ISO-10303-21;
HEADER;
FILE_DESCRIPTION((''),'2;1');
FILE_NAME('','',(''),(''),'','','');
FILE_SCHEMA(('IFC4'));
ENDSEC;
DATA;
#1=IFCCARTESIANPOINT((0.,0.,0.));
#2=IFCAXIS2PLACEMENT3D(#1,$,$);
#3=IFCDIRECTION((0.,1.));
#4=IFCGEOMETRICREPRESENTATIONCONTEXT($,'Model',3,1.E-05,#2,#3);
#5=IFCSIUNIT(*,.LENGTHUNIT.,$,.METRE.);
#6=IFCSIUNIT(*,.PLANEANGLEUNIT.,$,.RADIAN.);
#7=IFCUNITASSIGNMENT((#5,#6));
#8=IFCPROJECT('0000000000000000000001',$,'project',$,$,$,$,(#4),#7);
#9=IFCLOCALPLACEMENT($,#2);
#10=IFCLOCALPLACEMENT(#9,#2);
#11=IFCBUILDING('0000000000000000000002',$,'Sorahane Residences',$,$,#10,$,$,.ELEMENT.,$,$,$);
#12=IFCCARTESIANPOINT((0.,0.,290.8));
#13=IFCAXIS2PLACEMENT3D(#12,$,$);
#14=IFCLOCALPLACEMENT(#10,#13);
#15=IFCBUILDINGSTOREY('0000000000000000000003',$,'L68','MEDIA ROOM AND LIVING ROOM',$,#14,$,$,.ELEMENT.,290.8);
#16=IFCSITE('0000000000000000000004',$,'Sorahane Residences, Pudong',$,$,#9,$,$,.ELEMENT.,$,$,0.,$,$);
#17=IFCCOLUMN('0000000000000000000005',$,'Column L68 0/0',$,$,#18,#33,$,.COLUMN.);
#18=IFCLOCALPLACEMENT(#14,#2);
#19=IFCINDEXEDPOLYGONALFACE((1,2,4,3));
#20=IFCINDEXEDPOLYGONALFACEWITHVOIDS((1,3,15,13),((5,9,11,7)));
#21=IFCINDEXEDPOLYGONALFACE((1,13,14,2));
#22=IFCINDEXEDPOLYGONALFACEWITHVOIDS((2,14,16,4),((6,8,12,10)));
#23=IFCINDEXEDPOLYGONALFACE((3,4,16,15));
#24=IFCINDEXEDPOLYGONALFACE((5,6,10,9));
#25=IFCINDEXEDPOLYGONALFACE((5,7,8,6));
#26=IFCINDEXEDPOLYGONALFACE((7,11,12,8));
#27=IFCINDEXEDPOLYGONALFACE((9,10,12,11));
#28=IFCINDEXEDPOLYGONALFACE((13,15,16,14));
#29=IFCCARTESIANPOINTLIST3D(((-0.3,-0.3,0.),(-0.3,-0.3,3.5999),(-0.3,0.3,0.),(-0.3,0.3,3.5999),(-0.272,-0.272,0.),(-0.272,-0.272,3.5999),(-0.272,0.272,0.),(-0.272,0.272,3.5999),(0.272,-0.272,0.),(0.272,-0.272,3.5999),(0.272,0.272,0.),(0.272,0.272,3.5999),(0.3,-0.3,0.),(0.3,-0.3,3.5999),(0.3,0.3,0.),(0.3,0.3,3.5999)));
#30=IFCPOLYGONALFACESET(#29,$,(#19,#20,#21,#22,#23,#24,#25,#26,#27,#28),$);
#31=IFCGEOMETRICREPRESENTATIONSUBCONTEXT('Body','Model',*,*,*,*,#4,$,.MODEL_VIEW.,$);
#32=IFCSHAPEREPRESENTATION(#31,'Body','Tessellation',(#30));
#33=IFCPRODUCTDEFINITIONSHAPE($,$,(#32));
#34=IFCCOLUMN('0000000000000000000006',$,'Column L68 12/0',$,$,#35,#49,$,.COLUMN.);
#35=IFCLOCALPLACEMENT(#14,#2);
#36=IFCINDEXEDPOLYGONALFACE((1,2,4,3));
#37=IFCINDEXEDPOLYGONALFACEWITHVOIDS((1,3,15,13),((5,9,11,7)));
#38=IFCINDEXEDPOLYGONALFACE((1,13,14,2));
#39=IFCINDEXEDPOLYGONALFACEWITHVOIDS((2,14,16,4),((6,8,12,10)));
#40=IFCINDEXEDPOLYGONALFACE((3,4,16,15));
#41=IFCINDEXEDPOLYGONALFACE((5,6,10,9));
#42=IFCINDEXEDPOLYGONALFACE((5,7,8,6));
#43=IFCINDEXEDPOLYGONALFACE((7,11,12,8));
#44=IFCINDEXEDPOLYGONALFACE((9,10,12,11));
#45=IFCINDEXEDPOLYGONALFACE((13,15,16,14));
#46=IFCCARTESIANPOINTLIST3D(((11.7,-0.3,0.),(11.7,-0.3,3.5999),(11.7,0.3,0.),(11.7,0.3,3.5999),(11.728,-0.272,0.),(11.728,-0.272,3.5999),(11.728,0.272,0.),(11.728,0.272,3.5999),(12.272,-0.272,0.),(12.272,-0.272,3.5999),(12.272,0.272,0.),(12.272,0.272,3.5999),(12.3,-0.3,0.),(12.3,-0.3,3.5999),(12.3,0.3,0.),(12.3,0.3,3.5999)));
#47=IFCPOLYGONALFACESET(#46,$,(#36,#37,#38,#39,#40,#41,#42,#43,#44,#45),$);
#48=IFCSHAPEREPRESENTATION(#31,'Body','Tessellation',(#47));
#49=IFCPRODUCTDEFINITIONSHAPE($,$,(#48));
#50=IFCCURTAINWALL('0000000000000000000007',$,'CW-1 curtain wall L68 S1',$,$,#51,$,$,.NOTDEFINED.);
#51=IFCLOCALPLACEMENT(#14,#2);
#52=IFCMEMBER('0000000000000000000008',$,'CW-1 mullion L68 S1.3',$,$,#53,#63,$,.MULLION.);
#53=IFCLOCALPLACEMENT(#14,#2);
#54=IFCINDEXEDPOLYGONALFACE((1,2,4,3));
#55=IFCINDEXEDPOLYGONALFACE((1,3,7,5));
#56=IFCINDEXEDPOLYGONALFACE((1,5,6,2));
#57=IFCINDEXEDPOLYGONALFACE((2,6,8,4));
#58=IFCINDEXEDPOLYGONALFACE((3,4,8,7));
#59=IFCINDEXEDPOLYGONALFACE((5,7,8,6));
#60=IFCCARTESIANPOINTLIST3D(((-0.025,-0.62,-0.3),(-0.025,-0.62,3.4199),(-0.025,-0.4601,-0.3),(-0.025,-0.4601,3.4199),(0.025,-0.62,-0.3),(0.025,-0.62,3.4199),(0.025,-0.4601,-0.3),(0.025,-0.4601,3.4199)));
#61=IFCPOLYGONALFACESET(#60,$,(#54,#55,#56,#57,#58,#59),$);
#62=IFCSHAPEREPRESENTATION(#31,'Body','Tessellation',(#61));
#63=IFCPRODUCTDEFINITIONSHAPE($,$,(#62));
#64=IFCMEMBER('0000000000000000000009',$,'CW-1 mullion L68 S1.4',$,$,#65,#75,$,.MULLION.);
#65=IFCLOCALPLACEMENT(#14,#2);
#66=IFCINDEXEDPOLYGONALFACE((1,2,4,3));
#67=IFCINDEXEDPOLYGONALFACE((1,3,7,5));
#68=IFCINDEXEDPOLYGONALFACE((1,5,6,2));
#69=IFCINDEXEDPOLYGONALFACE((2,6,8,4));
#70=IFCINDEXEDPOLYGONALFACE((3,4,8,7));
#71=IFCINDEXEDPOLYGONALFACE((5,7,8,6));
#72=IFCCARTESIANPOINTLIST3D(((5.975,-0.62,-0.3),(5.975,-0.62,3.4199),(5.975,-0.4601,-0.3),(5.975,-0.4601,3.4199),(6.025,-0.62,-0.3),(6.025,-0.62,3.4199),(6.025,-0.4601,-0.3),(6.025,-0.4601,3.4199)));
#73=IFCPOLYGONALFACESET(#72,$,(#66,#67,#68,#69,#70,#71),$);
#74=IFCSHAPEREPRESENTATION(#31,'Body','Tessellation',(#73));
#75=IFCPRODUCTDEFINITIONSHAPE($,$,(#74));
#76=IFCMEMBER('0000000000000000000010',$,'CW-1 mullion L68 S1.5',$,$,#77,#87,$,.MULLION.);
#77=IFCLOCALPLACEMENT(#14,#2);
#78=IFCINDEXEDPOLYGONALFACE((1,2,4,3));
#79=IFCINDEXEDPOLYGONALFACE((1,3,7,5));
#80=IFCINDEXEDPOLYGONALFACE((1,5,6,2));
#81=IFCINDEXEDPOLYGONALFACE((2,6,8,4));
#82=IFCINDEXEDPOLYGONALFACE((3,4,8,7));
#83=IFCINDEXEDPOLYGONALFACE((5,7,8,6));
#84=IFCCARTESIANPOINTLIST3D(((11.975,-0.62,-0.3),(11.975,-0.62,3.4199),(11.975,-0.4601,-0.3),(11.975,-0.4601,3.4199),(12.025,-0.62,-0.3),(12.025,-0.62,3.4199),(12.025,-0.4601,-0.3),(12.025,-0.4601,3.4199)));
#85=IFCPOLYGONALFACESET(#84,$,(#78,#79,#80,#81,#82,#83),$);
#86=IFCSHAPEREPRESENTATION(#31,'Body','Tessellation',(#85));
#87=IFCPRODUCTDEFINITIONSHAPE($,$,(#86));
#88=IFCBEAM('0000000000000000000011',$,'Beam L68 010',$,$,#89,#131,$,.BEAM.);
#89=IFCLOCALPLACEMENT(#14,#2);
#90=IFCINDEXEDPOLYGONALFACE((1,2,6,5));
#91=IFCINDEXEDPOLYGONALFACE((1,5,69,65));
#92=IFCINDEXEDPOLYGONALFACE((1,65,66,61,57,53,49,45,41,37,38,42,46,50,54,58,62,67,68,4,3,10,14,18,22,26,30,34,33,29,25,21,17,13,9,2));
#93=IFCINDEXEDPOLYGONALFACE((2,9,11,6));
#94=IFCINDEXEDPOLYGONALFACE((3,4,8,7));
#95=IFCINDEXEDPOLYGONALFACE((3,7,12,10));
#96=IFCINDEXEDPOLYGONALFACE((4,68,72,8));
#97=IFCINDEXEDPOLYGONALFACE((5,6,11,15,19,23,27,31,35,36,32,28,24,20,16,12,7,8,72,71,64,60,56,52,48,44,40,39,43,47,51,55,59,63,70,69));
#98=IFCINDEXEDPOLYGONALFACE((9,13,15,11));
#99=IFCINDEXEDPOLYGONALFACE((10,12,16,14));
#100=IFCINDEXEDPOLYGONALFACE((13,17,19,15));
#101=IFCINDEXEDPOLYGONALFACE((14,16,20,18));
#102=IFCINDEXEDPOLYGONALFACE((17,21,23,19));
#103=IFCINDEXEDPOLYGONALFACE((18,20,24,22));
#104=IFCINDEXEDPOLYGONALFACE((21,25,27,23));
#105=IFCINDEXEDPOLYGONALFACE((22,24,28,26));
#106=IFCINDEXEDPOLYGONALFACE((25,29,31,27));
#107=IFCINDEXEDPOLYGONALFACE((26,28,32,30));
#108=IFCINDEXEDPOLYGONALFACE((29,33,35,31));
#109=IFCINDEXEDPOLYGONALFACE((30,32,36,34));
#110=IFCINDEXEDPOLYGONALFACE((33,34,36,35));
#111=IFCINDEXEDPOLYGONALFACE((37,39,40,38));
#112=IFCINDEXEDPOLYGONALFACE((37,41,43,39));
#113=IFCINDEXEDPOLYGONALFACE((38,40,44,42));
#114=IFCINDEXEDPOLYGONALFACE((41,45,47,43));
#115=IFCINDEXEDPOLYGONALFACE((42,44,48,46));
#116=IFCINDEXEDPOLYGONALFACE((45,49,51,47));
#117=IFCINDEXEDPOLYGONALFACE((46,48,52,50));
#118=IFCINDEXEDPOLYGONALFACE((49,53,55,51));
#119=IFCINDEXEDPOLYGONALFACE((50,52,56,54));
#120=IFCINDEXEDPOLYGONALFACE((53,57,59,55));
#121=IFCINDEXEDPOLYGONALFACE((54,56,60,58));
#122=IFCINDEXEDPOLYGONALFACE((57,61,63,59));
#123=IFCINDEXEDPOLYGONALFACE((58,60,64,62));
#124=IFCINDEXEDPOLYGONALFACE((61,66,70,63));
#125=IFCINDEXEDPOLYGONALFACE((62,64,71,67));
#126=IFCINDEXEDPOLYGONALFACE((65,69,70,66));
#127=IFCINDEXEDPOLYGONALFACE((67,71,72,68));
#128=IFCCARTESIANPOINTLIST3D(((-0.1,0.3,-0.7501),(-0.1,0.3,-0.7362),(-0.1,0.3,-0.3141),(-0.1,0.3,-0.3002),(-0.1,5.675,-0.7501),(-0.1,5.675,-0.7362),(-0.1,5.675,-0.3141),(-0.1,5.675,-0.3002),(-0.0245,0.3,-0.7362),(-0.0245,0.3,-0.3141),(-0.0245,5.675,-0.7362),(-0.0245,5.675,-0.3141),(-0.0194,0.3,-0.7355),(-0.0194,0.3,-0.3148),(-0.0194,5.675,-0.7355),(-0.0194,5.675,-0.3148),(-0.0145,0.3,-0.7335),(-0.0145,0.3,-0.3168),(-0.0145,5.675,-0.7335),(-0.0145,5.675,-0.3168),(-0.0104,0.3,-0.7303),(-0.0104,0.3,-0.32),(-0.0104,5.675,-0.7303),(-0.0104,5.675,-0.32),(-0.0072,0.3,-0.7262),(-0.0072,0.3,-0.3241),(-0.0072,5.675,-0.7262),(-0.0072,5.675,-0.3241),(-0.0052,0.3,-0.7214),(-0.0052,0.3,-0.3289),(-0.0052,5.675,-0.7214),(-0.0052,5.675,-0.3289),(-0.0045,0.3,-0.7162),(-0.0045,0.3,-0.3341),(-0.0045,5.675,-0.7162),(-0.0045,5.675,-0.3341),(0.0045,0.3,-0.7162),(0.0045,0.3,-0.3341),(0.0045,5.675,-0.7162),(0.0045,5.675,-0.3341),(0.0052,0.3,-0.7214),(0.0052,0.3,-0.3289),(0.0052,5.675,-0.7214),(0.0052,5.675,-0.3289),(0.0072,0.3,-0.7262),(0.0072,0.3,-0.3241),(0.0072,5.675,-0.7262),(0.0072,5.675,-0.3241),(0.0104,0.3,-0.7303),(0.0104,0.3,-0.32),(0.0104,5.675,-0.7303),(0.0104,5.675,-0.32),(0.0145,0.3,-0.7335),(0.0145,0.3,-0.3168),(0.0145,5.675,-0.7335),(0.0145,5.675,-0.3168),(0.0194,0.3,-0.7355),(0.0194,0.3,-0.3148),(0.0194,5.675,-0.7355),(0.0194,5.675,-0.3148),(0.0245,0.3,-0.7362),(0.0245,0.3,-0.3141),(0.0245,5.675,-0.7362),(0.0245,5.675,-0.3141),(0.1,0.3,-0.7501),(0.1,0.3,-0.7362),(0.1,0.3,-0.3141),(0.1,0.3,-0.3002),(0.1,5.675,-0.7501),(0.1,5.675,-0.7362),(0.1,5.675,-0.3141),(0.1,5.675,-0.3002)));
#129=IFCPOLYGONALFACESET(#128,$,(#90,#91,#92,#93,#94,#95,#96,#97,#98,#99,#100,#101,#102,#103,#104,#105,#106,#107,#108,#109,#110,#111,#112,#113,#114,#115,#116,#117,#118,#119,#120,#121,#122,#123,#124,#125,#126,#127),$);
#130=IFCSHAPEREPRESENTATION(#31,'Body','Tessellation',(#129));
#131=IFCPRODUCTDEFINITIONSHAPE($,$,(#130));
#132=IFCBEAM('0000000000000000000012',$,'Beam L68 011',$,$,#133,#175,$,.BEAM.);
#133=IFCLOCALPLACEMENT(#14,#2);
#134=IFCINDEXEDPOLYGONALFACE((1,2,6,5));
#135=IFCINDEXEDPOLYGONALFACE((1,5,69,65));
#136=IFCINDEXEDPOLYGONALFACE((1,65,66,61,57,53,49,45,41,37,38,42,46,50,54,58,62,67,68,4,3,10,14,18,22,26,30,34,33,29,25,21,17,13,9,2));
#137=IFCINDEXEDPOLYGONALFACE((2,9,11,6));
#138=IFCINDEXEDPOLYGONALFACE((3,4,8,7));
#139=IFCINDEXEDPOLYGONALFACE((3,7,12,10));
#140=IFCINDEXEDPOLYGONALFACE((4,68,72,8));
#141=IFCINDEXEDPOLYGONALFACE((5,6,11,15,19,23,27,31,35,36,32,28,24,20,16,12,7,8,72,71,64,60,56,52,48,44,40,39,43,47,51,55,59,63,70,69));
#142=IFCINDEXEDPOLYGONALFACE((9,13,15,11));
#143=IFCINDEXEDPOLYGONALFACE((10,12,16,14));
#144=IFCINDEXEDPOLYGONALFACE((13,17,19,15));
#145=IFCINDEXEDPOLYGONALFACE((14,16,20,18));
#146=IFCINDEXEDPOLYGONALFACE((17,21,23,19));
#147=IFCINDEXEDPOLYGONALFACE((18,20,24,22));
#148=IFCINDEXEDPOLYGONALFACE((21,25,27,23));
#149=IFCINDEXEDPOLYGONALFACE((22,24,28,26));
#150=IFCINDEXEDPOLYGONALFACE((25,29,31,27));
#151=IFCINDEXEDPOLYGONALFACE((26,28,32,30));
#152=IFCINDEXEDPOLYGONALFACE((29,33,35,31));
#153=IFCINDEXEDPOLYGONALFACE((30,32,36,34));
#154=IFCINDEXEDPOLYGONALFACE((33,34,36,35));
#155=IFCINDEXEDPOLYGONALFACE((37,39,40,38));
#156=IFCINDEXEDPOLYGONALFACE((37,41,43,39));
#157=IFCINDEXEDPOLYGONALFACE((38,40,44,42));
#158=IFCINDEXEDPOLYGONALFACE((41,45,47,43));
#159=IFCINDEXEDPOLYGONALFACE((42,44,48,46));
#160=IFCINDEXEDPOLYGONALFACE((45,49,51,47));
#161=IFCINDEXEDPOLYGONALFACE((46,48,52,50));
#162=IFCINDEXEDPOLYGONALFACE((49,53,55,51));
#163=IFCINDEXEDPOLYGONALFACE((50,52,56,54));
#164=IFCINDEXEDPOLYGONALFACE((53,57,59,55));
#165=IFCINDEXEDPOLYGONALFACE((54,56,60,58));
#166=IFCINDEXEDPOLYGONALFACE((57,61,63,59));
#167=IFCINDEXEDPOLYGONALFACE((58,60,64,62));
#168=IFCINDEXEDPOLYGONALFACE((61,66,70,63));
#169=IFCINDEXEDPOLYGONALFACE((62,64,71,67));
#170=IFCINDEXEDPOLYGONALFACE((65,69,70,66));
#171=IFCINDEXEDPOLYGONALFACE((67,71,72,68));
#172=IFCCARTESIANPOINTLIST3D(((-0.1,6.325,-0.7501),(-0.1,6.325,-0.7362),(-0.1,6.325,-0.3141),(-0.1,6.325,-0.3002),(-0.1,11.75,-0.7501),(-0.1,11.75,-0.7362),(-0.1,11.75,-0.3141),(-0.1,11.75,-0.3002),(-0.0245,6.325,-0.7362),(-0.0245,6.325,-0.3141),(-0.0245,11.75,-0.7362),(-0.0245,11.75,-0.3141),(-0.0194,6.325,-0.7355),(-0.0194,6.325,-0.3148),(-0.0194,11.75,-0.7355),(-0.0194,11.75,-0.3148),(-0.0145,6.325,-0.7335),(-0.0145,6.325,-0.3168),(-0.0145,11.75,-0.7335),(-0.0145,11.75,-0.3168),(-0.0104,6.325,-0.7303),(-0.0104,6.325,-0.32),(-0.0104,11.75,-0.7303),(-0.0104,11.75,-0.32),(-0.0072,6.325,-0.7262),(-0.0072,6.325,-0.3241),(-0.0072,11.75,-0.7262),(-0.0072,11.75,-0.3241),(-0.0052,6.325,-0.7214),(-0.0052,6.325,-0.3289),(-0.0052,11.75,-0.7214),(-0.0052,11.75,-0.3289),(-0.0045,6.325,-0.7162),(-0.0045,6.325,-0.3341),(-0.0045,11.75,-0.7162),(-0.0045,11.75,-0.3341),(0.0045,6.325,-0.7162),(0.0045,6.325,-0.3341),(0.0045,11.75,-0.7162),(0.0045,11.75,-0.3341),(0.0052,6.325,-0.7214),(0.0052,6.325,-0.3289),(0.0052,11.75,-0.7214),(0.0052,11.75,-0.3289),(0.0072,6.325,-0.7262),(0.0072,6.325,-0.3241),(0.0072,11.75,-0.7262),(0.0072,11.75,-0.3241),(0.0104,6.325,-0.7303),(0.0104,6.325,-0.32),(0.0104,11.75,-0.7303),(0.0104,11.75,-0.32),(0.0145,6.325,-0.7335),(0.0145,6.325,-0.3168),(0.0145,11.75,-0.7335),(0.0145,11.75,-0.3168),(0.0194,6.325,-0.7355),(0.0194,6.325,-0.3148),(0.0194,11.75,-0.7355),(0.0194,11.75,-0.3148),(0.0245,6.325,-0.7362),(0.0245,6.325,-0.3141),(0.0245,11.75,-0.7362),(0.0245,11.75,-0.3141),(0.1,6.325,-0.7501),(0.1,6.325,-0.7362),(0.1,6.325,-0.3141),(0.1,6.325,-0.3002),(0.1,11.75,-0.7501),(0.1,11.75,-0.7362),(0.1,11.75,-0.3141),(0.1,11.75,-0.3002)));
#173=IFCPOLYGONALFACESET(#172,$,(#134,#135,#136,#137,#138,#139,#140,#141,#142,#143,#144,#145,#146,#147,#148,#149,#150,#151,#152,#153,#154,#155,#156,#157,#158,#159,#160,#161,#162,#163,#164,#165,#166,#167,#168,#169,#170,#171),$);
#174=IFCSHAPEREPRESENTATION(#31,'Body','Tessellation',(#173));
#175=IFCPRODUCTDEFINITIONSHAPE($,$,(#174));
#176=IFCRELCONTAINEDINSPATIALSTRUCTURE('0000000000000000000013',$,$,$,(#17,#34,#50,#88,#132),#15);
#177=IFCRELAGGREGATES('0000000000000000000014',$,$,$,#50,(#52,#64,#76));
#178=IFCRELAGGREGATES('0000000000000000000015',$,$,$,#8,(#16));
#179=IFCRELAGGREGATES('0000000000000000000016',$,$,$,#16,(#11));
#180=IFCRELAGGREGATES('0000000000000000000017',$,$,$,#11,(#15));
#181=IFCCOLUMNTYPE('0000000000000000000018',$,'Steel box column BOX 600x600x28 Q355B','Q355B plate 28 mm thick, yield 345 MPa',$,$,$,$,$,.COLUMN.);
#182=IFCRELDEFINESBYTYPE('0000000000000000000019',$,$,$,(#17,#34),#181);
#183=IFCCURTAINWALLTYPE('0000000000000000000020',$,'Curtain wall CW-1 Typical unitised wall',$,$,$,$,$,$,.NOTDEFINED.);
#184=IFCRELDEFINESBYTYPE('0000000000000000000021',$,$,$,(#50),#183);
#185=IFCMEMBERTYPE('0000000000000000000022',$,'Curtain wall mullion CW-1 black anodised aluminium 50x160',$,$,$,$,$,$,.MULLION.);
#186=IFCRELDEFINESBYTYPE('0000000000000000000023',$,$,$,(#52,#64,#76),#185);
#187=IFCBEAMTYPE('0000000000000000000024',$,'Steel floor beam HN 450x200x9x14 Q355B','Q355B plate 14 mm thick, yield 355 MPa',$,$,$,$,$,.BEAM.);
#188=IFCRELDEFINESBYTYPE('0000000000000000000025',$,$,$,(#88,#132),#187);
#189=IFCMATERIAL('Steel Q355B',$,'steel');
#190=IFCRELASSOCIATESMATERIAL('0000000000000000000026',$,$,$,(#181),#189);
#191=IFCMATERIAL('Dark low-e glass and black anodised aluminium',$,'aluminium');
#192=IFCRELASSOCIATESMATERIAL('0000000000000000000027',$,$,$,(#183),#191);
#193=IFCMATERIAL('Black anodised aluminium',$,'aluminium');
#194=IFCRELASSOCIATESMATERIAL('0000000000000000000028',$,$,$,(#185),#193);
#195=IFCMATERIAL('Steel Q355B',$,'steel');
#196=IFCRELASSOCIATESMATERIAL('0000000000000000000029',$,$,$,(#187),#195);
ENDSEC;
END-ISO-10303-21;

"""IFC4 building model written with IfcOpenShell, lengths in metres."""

from ifc_helpers import new_model, si_unit, direction, frame, origin, origin_2d, place, context, subcontext, project, spatial, rectangle, hollow_rectangle, i_section, extrude, material, material_profile, profile_set, type_object, element, aggregate, save


model = new_model("IFC4")

# Units and contexts
model_context = context("Model", 3, precision=1e-05, world=origin(), true_north=direction((0.0, 1.0)))
body_context = subcontext(model_context, "Body", "Model", "MODEL_VIEW")
ifc_project = project(units=[si_unit("LENGTHUNIT", "METRE"), si_unit("PLANEANGLEUNIT", "RADIAN")], contexts=[model_context])

# Site, building, storey
site_placement = place(None, origin())
site = spatial("IfcSite", under=ifc_project, at=site_placement, Name="Sorahane Residences, Pudong", CompositionType="ELEMENT", RefElevation=0.0)
building_placement = place(site_placement, origin())
building = spatial("IfcBuilding", under=site, at=building_placement, Name="Sorahane Residences", CompositionType="ELEMENT")
storey_placement = place(building_placement, frame((0.0, 0.0, 290.8)))
storey = spatial("IfcBuildingStorey", under=building, at=storey_placement, Name="L68", Description="MEDIA ROOM AND LIVING ROOM", CompositionType="ELEMENT", Elevation=290.8)

# Columns
ifc_material_1 = material(Name="Steel Q355B", Category="steel")
ifc_material_profile_1 = material_profile(ifc_material_1, hollow_rectangle(XDim=0.6001, YDim=0.6001, WallThickness=0.0281, at=origin_2d()), Name="BOX 600x600x28")
ifc_profile_set_1 = profile_set([ifc_material_profile_1], Name="Steel Q355B")
column_type = type_object("IfcColumnType", Name="Steel box column BOX 600x600x28 Q355B", Description="Q355B plate 28 mm thick, yield 345 MPa", PredefinedType="COLUMN", material=ifc_profile_set_1)
for number, where, z_axis, x_axis, name in (
    (1, (0.0, 0.0, 0.0), (0.0, 0.0, 1.0), (1.0, 0.0, 0.0), "Column L68 0/0"),
    (2, (12.0, 0.0, 0.0), (0.0, 0.0, 1.0), (1.0, 0.0, 0.0), "Column L68 12/0"),
):
    element("IfcColumn", number, at=place(storey_placement, frame(where, z_axis=z_axis, x_axis=x_axis)), inside=storey, type_object=column_type, Name=name, PredefinedType="COLUMN", context=body_context, shape_type="SweptSolid", body=[
        extrude(hollow_rectangle(XDim=0.6001, YDim=0.6001, WallThickness=0.0281, at=origin_2d()), origin(), (0.0, 0.0, 1.0), 3.5999),
    ])

# Curtain wall, members
ifc_material_2 = material(Name="Dark low-e glass and black anodised aluminium", Category="aluminium")
curtain_wall_type = type_object("IfcCurtainWallType", Name="Curtain wall CW-1 Typical unitised wall", PredefinedType="NOTDEFINED", material=ifc_material_2)
curtain_wall_placement = place(storey_placement, origin())
curtain_wall = element("IfcCurtainWall", 3, at=curtain_wall_placement, inside=storey, type_object=curtain_wall_type, Name="CW-1 curtain wall L68 S1", PredefinedType="NOTDEFINED")
ifc_material_3 = material(Name="Black anodised aluminium", Category="aluminium")
ifc_material_profile_2 = material_profile(ifc_material_3, rectangle(XDim=0.1599, YDim=0.05, at=origin_2d()), Name="Curtain wall mullion CW-1 black anodised aluminium 50x160")
ifc_profile_set_2 = profile_set([ifc_material_profile_2], Name="Black anodised aluminium")
member_type = type_object("IfcMemberType", Name="Curtain wall mullion CW-1 black anodised aluminium 50x160", PredefinedType="MULLION", material=ifc_profile_set_2)
member_1_placement = place(storey_placement, frame((0.0, -0.54, -0.3), z_axis=(0.0, 0.0, 1.0), x_axis=(0.0, -1.0, 0.0)))
member_1 = element("IfcMember", 4, at=member_1_placement, type_object=member_type, Name="CW-1 mullion L68 S1.3", PredefinedType="MULLION", context=body_context, shape_type="SweptSolid", body=[
    extrude(rectangle(XDim=0.1599, YDim=0.05, at=origin_2d()), origin(), (0.0, 0.0, 1.0), 3.72),
])
member_2_placement = place(storey_placement, frame((6.0, -0.54, -0.3), z_axis=(0.0, 0.0, 1.0), x_axis=(0.0, -1.0, 0.0)))
member_2 = element("IfcMember", 5, at=member_2_placement, type_object=member_type, Name="CW-1 mullion L68 S1.4", PredefinedType="MULLION", context=body_context, shape_type="SweptSolid", body=[
    extrude(rectangle(XDim=0.1599, YDim=0.05, at=origin_2d()), origin(), (0.0, 0.0, 1.0), 3.72),
])
member_3_placement = place(storey_placement, frame((12.0, -0.54, -0.3), z_axis=(0.0, 0.0, 1.0), x_axis=(0.0, -1.0, 0.0)))
member_3 = element("IfcMember", 6, at=member_3_placement, type_object=member_type, Name="CW-1 mullion L68 S1.5", PredefinedType="MULLION", context=body_context, shape_type="SweptSolid", body=[
    extrude(rectangle(XDim=0.1599, YDim=0.05, at=origin_2d()), origin(), (0.0, 0.0, 1.0), 3.72),
])

# Beams
ifc_material_4 = material(Name="Steel Q355B", Category="steel")
ifc_material_profile_3 = material_profile(ifc_material_4, i_section(OverallWidth=0.2, OverallDepth=0.45, WebThickness=0.009, FlangeThickness=0.0139, FilletRadius=0.02, at=origin_2d()), Name="HN 450x200x9x14")
ifc_profile_set_3 = profile_set([ifc_material_profile_3], Name="Steel Q355B")
beam_type = type_object("IfcBeamType", Name="Steel floor beam HN 450x200x9x14 Q355B", Description="Q355B plate 14 mm thick, yield 355 MPa", PredefinedType="BEAM", material=ifc_profile_set_3)
beam_1_placement = place(storey_placement, frame((0.0, 0.3, -0.5251), z_axis=(0.0, 1.0, 0.0), x_axis=(-1.0, 0.0, 0.0)))
element("IfcBeam", 7, at=beam_1_placement, inside=storey, type_object=beam_type, Name="Beam L68 010", PredefinedType="BEAM", context=body_context, shape_type="SweptSolid", body=[
    extrude(i_section(OverallWidth=0.2, OverallDepth=0.45, WebThickness=0.009, FlangeThickness=0.0139, FilletRadius=0.02, at=origin_2d()), origin(), (0.0, 0.0, 1.0), 5.375),
])
beam_2_placement = place(storey_placement, frame((0.0, 6.325, -0.5251), z_axis=(0.0, 1.0, 0.0), x_axis=(-1.0, 0.0, 0.0)))
element("IfcBeam", 8, at=beam_2_placement, inside=storey, type_object=beam_type, Name="Beam L68 011", PredefinedType="BEAM", context=body_context, shape_type="SweptSolid", body=[
    extrude(i_section(OverallWidth=0.2, OverallDepth=0.45, WebThickness=0.009, FlangeThickness=0.0139, FilletRadius=0.02, at=origin_2d()), origin(), (0.0, 0.0, 1.0), 5.425),
])

aggregate(curtain_wall, [member_1, member_2, member_3])

save(model, "model.ifc")
